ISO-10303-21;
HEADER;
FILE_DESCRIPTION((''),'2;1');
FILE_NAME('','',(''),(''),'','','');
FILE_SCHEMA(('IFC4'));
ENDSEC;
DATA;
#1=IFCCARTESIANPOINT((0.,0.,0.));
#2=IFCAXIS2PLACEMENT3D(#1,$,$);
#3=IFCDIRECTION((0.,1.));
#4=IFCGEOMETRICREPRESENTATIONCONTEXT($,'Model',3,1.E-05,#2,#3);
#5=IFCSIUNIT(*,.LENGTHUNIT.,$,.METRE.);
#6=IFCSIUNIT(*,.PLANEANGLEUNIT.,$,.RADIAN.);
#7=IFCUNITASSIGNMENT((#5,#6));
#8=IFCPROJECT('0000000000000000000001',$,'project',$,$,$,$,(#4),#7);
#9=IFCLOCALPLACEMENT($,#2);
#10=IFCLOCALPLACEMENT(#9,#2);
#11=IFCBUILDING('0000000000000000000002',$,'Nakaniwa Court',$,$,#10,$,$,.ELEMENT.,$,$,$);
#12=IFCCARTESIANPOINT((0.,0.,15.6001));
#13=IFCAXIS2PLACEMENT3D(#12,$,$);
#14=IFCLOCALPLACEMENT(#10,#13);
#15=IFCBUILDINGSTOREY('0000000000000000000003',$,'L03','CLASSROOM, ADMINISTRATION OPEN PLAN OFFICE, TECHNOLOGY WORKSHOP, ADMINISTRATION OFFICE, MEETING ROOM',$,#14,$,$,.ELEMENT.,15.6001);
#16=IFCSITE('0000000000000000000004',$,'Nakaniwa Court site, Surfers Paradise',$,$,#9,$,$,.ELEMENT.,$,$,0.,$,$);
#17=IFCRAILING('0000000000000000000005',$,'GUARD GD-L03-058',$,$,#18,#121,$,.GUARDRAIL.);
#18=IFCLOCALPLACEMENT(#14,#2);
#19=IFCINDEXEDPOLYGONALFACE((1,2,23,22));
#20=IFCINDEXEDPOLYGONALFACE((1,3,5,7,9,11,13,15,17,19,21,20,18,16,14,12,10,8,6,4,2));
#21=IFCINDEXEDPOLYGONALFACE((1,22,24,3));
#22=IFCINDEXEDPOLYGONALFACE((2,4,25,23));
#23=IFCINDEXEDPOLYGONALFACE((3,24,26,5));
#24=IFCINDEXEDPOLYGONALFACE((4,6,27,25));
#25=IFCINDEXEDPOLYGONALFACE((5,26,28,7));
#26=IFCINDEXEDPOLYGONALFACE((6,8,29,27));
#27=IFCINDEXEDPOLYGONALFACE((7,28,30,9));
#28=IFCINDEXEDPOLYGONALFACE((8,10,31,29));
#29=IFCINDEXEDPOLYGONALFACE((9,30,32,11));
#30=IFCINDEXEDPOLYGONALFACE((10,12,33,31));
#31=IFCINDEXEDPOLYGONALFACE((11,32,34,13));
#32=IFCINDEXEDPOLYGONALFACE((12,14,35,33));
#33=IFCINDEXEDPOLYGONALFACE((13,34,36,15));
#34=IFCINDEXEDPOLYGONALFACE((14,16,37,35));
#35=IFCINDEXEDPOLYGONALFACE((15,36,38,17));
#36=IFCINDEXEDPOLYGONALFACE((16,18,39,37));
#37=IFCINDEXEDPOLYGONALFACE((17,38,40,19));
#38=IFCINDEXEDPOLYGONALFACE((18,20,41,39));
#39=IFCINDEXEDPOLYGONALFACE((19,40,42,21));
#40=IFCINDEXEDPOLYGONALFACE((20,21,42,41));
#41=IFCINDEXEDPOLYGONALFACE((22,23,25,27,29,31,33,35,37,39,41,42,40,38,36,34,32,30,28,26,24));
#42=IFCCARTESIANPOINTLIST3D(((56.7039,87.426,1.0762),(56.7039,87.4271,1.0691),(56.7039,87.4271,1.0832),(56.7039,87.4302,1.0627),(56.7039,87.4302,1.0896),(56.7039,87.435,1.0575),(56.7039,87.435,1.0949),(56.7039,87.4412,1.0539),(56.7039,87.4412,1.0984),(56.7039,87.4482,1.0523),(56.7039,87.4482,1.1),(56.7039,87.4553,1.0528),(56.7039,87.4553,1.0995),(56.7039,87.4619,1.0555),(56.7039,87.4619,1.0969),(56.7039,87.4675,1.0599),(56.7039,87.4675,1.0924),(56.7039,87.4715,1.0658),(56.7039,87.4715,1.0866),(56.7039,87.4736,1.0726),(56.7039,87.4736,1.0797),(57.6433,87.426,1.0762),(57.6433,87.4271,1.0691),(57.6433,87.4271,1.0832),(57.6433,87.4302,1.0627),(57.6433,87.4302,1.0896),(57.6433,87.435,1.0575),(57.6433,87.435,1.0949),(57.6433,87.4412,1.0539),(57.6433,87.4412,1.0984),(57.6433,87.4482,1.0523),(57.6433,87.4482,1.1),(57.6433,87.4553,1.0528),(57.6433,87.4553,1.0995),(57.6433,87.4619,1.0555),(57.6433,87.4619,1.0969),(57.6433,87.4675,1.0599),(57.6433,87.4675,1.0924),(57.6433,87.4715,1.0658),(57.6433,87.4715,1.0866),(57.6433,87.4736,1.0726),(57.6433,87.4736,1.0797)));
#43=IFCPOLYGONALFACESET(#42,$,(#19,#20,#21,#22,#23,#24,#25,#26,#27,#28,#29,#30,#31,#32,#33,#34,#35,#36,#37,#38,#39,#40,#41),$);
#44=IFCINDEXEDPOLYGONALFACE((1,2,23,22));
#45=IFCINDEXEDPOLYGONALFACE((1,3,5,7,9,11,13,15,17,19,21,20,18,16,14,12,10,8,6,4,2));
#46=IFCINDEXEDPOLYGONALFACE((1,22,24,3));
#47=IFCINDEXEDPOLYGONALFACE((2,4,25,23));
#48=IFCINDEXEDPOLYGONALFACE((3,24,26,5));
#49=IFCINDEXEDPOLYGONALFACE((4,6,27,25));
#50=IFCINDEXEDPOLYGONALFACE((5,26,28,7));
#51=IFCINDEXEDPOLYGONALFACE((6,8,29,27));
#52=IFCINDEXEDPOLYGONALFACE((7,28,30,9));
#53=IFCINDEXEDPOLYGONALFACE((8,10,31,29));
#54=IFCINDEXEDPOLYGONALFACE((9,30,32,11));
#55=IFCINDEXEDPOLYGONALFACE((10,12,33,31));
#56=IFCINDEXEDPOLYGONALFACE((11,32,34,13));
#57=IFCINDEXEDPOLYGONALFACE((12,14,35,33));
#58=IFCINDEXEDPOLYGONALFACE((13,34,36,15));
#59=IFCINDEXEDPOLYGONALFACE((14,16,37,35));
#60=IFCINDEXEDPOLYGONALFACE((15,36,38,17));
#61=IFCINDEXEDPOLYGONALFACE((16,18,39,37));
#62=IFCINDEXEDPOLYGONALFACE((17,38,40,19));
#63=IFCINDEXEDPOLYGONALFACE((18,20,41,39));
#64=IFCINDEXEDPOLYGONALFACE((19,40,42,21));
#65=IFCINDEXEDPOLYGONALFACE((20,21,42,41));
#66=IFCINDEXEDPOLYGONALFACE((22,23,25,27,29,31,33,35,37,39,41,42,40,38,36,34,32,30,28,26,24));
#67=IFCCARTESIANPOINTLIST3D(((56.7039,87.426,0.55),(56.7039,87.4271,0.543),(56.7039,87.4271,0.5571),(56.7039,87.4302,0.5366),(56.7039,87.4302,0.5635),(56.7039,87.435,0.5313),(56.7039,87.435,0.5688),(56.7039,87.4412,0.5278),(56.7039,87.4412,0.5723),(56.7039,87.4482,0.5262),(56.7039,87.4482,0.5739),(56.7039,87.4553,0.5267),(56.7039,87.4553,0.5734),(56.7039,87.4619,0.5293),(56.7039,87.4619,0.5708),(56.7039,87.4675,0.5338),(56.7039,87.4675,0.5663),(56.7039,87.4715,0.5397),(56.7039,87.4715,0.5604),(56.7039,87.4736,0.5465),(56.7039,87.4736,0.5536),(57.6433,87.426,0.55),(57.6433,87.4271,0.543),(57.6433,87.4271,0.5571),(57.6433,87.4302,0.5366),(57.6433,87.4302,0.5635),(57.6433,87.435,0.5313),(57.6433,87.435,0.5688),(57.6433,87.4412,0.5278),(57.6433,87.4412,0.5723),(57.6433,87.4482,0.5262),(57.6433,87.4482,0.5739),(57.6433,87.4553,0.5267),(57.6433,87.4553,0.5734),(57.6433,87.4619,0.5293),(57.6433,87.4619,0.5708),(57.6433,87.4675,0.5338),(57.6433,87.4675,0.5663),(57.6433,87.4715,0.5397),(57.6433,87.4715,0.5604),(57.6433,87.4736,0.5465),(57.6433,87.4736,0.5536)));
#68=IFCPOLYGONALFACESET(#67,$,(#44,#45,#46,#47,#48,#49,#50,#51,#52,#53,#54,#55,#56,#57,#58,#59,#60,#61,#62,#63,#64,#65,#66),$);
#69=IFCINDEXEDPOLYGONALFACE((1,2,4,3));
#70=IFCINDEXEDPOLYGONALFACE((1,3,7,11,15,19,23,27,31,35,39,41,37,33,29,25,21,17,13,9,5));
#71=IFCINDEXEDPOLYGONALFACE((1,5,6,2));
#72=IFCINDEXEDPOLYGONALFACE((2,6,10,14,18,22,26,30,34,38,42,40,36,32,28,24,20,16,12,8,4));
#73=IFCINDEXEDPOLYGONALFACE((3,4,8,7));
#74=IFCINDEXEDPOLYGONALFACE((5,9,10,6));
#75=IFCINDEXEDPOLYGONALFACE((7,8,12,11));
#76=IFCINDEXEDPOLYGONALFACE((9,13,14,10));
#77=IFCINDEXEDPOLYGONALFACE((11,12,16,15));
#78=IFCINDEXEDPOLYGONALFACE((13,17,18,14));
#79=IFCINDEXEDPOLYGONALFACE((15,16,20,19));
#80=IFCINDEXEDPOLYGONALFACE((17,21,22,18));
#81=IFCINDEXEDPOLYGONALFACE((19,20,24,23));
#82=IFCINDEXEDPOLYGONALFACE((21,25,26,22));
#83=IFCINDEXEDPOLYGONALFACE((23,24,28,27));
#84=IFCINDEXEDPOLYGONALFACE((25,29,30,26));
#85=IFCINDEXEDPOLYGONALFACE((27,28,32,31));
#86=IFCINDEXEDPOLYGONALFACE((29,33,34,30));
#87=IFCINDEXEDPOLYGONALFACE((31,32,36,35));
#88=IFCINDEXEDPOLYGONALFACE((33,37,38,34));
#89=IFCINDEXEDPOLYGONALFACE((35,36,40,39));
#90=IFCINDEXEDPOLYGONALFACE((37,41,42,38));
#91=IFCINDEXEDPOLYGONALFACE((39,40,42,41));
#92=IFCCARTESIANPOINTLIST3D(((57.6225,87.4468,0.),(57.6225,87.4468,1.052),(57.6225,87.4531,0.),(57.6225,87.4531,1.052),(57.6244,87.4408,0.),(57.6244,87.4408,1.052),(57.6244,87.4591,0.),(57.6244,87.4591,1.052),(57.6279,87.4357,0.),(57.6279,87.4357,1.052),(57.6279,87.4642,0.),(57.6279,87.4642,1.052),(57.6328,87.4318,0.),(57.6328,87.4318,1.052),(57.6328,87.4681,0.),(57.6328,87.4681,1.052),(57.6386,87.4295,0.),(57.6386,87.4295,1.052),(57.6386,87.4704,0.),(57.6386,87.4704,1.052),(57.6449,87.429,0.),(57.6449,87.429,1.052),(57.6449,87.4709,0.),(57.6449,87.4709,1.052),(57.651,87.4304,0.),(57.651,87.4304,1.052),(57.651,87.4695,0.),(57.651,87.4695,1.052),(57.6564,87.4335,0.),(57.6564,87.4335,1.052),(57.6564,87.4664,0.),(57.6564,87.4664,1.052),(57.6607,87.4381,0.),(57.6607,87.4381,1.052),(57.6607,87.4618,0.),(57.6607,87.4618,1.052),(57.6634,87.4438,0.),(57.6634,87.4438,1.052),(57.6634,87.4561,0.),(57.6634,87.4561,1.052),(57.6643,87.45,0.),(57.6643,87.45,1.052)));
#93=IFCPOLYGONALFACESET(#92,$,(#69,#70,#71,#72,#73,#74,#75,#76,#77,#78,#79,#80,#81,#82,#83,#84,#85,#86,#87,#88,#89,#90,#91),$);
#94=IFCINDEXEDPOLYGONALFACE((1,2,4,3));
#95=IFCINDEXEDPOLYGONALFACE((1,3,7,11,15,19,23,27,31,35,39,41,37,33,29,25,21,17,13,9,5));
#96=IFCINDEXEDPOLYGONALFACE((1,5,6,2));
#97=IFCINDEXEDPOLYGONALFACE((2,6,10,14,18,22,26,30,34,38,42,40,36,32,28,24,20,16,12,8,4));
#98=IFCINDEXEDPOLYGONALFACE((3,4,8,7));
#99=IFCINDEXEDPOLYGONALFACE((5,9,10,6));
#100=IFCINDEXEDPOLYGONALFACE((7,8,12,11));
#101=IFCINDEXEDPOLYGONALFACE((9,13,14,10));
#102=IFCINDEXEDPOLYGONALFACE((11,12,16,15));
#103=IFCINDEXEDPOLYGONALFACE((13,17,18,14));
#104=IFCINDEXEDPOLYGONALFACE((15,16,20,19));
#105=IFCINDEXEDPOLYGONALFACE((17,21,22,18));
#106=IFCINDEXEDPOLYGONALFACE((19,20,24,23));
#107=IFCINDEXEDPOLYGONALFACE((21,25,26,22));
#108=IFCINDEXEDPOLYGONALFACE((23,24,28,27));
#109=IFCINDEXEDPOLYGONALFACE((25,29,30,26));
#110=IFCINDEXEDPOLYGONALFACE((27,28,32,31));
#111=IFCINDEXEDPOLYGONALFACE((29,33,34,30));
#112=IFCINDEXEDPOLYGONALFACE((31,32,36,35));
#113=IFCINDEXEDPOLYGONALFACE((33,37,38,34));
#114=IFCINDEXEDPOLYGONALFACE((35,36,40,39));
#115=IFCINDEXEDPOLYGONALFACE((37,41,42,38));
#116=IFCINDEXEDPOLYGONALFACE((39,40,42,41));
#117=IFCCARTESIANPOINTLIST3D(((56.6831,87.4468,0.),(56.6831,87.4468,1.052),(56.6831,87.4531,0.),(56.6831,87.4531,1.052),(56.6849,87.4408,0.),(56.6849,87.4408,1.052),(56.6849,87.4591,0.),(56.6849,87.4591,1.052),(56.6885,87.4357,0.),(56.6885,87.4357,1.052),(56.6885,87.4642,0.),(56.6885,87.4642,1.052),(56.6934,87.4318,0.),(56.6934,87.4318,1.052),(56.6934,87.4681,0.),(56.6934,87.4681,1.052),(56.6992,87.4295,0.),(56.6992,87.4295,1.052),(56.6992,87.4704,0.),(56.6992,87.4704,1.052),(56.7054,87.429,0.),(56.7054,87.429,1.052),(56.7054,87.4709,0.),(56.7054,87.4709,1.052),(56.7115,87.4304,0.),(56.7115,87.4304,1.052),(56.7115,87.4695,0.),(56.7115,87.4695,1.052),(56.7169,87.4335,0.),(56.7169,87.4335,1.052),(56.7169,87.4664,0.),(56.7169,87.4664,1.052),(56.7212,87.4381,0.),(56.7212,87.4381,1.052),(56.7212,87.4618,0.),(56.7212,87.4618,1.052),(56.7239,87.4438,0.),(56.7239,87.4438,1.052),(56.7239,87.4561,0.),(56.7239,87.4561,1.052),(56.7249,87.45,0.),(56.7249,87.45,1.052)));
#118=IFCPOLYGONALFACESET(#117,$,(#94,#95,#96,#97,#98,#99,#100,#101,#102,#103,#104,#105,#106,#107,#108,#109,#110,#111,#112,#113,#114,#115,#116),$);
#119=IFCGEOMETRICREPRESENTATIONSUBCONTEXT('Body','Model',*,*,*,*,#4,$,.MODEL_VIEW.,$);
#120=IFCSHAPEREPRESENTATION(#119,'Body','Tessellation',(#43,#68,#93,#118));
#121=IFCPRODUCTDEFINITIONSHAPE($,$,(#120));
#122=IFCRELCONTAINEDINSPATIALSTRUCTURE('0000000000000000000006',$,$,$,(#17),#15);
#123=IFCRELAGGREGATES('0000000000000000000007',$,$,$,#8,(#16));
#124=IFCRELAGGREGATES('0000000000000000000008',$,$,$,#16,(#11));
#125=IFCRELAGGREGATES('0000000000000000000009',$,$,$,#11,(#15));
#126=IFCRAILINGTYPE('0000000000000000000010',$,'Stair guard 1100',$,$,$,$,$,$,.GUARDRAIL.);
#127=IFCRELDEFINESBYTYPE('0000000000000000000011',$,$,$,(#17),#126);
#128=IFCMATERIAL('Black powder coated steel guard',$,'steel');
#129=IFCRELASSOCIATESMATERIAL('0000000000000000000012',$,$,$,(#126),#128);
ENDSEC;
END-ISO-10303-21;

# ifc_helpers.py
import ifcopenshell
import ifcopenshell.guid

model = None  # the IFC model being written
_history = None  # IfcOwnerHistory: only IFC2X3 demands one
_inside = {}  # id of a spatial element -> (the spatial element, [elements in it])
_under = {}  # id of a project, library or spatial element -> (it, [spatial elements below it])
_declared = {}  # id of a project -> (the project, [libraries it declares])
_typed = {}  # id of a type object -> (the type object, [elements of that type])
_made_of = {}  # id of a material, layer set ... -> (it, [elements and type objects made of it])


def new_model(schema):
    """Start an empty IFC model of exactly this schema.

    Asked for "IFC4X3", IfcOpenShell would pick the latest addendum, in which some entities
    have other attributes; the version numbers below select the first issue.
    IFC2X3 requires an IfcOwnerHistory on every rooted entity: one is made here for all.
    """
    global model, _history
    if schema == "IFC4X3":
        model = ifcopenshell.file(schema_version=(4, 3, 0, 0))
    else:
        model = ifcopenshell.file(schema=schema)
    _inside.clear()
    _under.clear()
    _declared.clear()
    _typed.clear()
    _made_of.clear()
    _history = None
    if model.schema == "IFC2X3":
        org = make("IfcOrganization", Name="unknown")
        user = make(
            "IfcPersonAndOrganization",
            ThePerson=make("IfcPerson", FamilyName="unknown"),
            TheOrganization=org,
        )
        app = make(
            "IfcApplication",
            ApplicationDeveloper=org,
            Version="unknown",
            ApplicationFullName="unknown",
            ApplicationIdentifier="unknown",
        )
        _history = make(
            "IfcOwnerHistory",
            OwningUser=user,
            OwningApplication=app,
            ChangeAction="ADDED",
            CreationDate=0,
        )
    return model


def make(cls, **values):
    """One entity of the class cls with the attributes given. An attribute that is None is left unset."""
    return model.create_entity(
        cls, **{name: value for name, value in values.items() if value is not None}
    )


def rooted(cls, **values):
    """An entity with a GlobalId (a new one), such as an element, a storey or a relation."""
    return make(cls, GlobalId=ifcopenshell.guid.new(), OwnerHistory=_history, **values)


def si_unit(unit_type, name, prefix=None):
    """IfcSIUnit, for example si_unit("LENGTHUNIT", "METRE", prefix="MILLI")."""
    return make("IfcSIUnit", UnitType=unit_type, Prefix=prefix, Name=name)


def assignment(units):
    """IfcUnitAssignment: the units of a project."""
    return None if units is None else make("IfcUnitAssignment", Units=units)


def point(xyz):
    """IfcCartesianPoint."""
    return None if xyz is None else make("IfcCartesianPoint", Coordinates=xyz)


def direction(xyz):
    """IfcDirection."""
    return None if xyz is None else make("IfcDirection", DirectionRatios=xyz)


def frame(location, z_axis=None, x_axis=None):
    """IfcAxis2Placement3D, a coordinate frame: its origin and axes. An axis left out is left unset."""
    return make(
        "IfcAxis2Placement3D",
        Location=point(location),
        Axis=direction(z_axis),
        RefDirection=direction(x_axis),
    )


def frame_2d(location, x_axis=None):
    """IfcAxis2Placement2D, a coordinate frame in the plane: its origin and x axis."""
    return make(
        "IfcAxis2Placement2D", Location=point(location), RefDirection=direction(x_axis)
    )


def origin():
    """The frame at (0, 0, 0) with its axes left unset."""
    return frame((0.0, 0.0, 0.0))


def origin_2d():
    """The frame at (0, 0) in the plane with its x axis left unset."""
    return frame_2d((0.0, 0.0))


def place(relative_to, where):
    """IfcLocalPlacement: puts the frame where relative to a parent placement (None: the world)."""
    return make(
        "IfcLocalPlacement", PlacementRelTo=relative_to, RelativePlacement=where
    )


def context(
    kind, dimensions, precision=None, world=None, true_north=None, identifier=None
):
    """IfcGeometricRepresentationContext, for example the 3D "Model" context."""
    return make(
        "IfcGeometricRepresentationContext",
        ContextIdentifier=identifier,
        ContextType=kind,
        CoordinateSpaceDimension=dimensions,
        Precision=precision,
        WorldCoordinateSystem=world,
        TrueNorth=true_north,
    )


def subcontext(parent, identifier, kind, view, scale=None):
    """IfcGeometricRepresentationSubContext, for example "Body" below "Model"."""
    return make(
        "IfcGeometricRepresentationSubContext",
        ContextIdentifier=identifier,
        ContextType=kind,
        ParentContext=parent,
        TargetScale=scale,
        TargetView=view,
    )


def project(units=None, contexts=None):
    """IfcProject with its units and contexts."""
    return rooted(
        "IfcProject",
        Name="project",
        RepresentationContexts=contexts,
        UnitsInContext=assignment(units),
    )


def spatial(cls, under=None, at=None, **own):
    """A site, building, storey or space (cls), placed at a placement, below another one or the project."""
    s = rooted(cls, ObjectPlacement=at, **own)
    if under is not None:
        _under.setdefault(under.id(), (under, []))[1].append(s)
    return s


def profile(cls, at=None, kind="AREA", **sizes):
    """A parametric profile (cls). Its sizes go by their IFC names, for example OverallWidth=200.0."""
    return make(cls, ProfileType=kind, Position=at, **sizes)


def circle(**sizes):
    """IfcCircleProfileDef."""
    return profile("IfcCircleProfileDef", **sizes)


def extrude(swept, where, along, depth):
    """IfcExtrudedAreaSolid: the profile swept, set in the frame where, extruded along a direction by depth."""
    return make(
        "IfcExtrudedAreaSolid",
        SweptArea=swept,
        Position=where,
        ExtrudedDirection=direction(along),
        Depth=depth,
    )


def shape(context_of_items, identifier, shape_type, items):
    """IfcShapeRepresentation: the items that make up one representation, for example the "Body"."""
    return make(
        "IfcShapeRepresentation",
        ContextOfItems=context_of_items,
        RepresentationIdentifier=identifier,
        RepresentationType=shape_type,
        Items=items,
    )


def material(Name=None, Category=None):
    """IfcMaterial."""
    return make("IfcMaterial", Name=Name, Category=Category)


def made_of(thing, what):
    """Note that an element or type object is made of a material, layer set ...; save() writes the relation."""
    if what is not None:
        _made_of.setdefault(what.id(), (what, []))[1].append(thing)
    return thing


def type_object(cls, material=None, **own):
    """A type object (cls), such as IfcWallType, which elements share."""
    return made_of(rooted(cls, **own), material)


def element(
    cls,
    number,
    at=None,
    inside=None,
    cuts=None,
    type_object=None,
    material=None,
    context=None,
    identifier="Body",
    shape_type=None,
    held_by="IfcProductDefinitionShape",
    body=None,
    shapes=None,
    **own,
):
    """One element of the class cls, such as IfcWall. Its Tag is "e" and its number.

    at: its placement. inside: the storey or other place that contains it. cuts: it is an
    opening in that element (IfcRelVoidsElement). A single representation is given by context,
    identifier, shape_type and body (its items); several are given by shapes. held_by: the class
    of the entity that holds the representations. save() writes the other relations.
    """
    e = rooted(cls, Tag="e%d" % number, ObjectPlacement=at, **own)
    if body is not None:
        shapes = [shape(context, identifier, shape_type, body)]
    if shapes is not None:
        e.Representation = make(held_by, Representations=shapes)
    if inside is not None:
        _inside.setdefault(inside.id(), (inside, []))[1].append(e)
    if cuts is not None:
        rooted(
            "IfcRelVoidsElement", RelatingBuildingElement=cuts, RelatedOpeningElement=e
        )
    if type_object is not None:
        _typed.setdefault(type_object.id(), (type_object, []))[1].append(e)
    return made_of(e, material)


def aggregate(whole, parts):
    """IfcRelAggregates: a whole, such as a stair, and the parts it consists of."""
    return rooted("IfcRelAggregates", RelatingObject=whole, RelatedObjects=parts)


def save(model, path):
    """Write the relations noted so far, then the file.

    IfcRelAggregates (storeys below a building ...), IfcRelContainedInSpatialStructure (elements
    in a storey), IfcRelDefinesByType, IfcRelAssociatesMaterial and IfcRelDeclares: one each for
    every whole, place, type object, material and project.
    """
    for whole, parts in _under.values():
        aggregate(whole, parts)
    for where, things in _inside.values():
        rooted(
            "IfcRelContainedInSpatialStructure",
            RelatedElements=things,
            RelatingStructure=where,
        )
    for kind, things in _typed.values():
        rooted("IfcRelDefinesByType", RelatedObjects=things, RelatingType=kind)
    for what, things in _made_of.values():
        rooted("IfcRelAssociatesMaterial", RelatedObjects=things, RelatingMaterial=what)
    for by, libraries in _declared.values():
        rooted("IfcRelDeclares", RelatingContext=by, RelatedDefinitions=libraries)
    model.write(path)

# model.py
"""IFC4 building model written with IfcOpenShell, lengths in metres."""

from ifc_helpers import new_model, si_unit, direction, frame, origin, origin_2d, place, context, subcontext, project, spatial, circle, extrude, material, type_object, element, save


model = new_model("IFC4")

# Units and contexts
model_context = context("Model", 3, precision=1e-05, world=origin(), true_north=direction((0.0, 1.0)))
body_context = subcontext(model_context, "Body", "Model", "MODEL_VIEW")
ifc_project = project(units=[si_unit("LENGTHUNIT", "METRE"), si_unit("PLANEANGLEUNIT", "RADIAN")], contexts=[model_context])

# Site, building, storey
site_placement = place(None, origin())
site = spatial("IfcSite", under=ifc_project, at=site_placement, Name="Nakaniwa Court site, Surfers Paradise", CompositionType="ELEMENT", RefElevation=0.0)
building_placement = place(site_placement, origin())
building = spatial("IfcBuilding", under=site, at=building_placement, Name="Nakaniwa Court", CompositionType="ELEMENT")
storey_placement = place(building_placement, frame((0.0, 0.0, 15.6001)))
storey = spatial("IfcBuildingStorey", under=building, at=storey_placement, Name="L03", Description="CLASSROOM, ADMINISTRATION OPEN PLAN OFFICE, TECHNOLOGY WORKSHOP, ADMINISTRATION OFFICE, MEETING ROOM", CompositionType="ELEMENT", Elevation=15.6001)

# Railing
ifc_material_1 = material(Name="Black powder coated steel guard", Category="steel")
railing_type = type_object("IfcRailingType", Name="Stair guard 1100", PredefinedType="GUARDRAIL", material=ifc_material_1)
railing_1_placement = place(storey_placement, frame((57.6433, 87.45, 0.0)))
element("IfcRailing", 1, at=railing_1_placement, inside=storey, type_object=railing_type, Name="GUARD GD-L03-058", PredefinedType="GUARDRAIL", context=body_context, shape_type="SweptSolid", body=[
    extrude(circle(Radius=0.0239, at=origin_2d()), frame((0.0, 0.0, 1.0762), z_axis=(-1.0, 0.0, 0.0), x_axis=(0.0, -1.0, 0.0)), (0.0, 0.0, 1.0), 0.9395),
    extrude(circle(Radius=0.0239, at=origin_2d()), frame((0.0, 0.0, 0.55), z_axis=(-1.0, 0.0, 0.0), x_axis=(0.0, -1.0, 0.0)), (0.0, 0.0, 1.0), 0.9395),
    extrude(circle(Radius=0.021, at=origin_2d()), origin(), (0.0, 0.0, 1.0), 1.052),
    extrude(circle(Radius=0.021, at=origin_2d()), frame((-0.9395, 0.0, 0.0)), (0.0, 0.0, 1.0), 1.052),
])

save(model, "model.ifc")
